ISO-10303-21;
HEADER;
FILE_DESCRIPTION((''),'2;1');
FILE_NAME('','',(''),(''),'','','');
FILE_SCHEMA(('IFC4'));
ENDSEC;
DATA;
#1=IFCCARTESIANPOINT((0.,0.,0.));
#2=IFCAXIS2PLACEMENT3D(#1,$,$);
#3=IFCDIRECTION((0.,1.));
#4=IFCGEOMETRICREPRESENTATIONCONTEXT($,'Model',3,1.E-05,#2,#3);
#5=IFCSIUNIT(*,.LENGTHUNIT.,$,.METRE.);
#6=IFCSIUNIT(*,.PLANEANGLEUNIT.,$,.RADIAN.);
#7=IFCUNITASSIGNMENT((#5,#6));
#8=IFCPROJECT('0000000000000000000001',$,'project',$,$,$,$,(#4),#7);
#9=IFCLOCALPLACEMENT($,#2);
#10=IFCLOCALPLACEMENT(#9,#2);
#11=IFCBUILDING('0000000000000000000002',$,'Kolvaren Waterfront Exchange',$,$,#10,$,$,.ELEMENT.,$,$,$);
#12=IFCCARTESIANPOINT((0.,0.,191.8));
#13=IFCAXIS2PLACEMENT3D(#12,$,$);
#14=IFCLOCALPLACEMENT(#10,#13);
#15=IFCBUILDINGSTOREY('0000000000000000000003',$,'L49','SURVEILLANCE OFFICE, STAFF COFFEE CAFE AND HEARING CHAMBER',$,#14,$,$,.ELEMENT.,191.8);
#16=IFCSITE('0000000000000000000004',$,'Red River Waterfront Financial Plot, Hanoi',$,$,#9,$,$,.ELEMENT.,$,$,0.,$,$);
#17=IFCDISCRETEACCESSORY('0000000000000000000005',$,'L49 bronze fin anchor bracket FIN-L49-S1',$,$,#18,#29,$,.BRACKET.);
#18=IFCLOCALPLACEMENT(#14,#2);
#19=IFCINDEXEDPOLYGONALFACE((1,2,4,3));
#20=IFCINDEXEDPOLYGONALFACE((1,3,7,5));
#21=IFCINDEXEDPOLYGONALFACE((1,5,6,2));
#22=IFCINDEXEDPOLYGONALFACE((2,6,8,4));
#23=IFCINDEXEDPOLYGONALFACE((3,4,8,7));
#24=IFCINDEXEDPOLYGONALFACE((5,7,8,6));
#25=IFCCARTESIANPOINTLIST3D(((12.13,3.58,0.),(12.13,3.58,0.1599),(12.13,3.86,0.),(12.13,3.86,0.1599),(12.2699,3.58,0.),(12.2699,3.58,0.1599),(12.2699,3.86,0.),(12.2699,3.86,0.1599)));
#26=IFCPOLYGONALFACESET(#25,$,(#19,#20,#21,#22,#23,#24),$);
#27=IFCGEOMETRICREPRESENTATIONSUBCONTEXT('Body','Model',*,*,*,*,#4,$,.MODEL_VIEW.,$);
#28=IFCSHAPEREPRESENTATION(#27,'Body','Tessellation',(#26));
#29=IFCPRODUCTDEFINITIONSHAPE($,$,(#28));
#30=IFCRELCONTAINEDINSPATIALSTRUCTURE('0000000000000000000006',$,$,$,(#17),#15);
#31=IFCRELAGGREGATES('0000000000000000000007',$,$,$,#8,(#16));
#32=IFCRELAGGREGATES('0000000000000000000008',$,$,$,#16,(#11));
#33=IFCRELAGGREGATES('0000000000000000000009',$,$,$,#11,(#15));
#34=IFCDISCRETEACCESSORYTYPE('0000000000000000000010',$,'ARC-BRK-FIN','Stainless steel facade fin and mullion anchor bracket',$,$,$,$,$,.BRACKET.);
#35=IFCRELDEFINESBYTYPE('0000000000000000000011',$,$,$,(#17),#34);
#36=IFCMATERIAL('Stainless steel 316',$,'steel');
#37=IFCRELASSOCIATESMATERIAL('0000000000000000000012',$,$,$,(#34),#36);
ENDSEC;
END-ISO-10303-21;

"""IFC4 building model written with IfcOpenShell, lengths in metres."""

from ifc_helpers import new_model, si_unit, direction, frame, origin, origin_with_axes, origin_2d, place, context, subcontext, project, spatial, rectangle, extrude, source, transform, mapped, material, type_object, element, save


model = new_model("IFC4")

# Units and contexts
model_context = context("Model", 3, precision=1e-05, world=origin(), true_north=direction((0.0, 1.0)))
body_context = subcontext(model_context, "Body", "Model", "MODEL_VIEW")
ifc_project = project(units=[si_unit("LENGTHUNIT", "METRE"), si_unit("PLANEANGLEUNIT", "RADIAN")], contexts=[model_context])

# Site, building, storey
site_placement = place(None, origin())
site = spatial("IfcSite", under=ifc_project, at=site_placement, Name="Red River Waterfront Financial Plot, Hanoi", CompositionType="ELEMENT", RefElevation=0.0)
building_placement = place(site_placement, origin())
building = spatial("IfcBuilding", under=site, at=building_placement, Name="Kolvaren Waterfront Exchange", CompositionType="ELEMENT")
storey_placement = place(building_placement, frame((0.0, 0.0, 191.8)))
storey = spatial("IfcBuildingStorey", under=building, at=storey_placement, Name="L49", Description="SURVEILLANCE OFFICE, STAFF COFFEE CAFE AND HEARING CHAMBER", CompositionType="ELEMENT", Elevation=191.8)

# Shared definitions
ifc_material_1 = material(Name="Stainless steel 316", Category="steel")

# Discrete accessory
discrete_accessory_type = type_object("IfcDiscreteAccessoryType", Name="ARC-BRK-FIN", Description="Stainless steel facade fin and mullion anchor bracket", PredefinedType="BRACKET", material=ifc_material_1)
shared_shape_1 = source(origin_with_axes(), body_context, "Body", "SweptSolid", [
    extrude(rectangle(XDim=0.28, YDim=0.1399, at=origin_2d()), origin(), (0.0, 0.0, 1.0), 0.1599),
])
discrete_accessory_placement = place(storey_placement, frame((12.2, 3.72, 0.0), z_axis=(0.0, 0.0, 1.0), x_axis=(0.0, -1.0, 0.0)))
element("IfcDiscreteAccessory", 1, at=discrete_accessory_placement, inside=storey, type_object=discrete_accessory_type, Name="L49 bronze fin anchor bracket FIN-L49-S1", PredefinedType="BRACKET", context=body_context, shape_type="MappedRepresentation", body=[
    mapped(shared_shape_1, transform((0.0, 0.0, 0.0), x_axis=(1.0, 0.0, 0.0), y_axis=(0.0, 1.0, 0.0), z_axis=(0.0, 0.0, 1.0), scale=1.0)),
])

save(model, "model.ifc")
